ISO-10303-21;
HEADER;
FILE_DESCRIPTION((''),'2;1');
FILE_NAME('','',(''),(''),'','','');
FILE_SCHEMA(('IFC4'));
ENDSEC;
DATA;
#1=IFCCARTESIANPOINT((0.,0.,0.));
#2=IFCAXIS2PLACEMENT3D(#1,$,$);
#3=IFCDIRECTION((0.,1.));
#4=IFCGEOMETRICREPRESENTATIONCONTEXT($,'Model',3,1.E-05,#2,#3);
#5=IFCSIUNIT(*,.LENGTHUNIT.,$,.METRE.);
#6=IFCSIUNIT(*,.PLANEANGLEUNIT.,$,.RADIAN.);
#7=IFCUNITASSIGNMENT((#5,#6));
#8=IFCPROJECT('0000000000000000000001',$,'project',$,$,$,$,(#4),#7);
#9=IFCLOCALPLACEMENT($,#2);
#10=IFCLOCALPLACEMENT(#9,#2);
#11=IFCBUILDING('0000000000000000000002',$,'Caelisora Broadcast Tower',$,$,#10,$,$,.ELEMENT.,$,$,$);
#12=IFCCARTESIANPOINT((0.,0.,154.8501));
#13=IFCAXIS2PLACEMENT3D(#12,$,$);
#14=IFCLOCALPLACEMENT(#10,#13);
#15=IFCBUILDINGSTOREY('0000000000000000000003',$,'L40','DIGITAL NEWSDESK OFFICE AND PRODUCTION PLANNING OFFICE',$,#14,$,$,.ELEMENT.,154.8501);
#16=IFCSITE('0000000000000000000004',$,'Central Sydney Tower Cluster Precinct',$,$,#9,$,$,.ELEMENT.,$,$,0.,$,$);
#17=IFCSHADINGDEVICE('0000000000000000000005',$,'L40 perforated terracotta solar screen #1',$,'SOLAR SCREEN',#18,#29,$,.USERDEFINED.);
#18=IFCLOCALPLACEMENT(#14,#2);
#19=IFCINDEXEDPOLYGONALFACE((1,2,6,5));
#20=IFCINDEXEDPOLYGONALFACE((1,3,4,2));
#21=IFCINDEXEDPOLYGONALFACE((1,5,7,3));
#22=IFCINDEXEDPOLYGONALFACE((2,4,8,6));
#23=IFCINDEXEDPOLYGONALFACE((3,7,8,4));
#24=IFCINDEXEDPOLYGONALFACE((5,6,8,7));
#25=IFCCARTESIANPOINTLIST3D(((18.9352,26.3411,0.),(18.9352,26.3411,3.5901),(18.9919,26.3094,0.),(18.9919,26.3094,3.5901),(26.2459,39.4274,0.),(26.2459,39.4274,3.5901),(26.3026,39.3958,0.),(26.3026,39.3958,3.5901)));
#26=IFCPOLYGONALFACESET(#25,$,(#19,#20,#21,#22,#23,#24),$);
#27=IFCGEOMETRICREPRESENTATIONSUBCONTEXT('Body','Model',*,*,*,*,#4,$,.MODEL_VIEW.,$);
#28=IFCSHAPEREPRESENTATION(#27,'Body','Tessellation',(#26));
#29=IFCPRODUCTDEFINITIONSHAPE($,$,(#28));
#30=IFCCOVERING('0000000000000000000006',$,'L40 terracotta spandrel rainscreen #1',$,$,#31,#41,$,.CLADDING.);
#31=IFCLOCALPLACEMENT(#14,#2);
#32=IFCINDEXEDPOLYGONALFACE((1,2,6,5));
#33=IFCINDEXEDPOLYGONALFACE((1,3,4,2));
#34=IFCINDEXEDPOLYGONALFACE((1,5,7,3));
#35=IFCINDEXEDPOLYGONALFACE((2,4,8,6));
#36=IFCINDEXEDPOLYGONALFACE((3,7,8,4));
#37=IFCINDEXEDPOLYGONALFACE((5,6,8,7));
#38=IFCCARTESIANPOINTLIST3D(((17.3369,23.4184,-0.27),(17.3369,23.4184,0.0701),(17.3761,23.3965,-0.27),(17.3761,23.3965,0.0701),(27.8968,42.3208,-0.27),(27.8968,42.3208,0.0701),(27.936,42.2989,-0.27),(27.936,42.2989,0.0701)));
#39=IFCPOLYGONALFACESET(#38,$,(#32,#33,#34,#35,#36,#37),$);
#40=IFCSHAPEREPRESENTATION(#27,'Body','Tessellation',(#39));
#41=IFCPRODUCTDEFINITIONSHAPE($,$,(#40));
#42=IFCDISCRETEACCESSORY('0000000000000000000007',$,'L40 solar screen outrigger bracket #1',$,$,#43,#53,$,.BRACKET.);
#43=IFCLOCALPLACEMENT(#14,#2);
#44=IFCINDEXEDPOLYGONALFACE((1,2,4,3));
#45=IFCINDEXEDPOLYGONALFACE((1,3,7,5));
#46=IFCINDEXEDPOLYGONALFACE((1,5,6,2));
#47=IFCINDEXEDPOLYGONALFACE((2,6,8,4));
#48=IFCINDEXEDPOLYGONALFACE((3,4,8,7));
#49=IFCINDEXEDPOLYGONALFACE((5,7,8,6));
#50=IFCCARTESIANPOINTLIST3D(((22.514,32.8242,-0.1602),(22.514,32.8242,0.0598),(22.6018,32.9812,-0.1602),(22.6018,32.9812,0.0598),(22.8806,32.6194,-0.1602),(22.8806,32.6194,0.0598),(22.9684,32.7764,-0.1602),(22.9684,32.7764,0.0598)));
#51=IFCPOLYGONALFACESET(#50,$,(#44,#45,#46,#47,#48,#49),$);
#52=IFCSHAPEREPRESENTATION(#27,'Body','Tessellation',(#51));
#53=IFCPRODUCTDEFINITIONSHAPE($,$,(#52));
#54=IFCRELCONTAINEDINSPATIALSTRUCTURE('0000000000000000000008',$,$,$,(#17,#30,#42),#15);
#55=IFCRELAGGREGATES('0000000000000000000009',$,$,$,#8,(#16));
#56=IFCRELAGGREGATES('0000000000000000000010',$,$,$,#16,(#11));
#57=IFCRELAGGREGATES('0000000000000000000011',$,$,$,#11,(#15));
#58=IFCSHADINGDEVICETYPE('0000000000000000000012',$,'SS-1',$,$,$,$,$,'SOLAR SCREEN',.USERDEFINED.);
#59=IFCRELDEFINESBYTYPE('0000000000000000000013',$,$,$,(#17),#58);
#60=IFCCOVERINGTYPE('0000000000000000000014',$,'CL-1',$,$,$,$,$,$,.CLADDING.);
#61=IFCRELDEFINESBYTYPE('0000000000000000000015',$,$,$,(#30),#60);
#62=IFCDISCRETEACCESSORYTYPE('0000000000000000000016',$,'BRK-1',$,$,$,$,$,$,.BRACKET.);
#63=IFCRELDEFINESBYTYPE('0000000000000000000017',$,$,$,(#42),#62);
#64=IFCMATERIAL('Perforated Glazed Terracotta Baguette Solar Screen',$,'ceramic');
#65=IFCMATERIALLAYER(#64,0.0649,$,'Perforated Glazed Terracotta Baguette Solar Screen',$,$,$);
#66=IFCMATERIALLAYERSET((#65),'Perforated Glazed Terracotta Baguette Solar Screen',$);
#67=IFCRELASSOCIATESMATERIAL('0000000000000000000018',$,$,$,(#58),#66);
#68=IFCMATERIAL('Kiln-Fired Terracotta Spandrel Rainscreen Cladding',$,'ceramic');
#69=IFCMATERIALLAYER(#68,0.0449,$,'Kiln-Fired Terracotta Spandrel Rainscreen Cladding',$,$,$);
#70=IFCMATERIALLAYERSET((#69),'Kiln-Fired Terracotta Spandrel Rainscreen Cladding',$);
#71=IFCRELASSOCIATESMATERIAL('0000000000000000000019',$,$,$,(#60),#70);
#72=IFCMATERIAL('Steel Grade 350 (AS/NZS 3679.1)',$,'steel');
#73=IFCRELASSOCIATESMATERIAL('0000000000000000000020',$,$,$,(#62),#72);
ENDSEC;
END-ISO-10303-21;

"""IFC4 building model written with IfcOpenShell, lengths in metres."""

from ifc_helpers import new_model, si_unit, direction, frame, origin, origin_2d, place, context, subcontext, project, spatial, rectangle, extrude, source, transform, mapped, material, layer, layer_set, type_object, type_shapes, element, save


model = new_model("IFC4")

# Units and contexts
model_context = context("Model", 3, precision=1e-05, world=origin(), true_north=direction((0.0, 1.0)))
body_context = subcontext(model_context, "Body", "Model", "MODEL_VIEW")
ifc_project = project(units=[si_unit("LENGTHUNIT", "METRE"), si_unit("PLANEANGLEUNIT", "RADIAN")], contexts=[model_context])

# Site, building, storey
site_placement = place(None, origin())
site = spatial("IfcSite", under=ifc_project, at=site_placement, Name="Central Sydney Tower Cluster Precinct", CompositionType="ELEMENT", RefElevation=0.0)
building_placement = place(site_placement, origin())
building = spatial("IfcBuilding", under=site, at=building_placement, Name="Caelisora Broadcast Tower", CompositionType="ELEMENT")
storey_placement = place(building_placement, frame((0.0, 0.0, 154.8501)))
storey = spatial("IfcBuildingStorey", under=building, at=storey_placement, Name="L40", Description="DIGITAL NEWSDESK OFFICE AND PRODUCTION PLANNING OFFICE", CompositionType="ELEMENT", Elevation=154.8501)

# Shared definitions
ifc_material_1 = material(Name="Steel Grade 350 (AS/NZS 3679.1)", Category="steel")

# Shading device
ifc_material_2 = material(Name="Perforated Glazed Terracotta Baguette Solar Screen", Category="ceramic")
ifc_layer_1 = layer(ifc_material_2, 0.0649, Name="Perforated Glazed Terracotta Baguette Solar Screen")
ifc_layer_set_1 = layer_set([ifc_layer_1], Name="Perforated Glazed Terracotta Baguette Solar Screen")
shading_device_type = type_object("IfcShadingDeviceType", Name="SS-1", ElementType="SOLAR SCREEN", PredefinedType="USERDEFINED", material=ifc_layer_set_1)
shared_shape_1 = source(origin(), body_context, "Body", "SweptSolid", [
    extrude(rectangle(XDim=14.99, YDim=0.0649, at=origin_2d()), origin(), (0.0, 0.0, 1.0), 3.5901),
])
type_shapes(shading_device_type, [shared_shape_1])
shading_device_placement = place(storey_placement, frame((22.6189, 32.8684, 0.0), z_axis=(0.0, 0.0, 1.0), x_axis=(-0.487707, -0.873007, 0.0)))
element("IfcShadingDevice", 1, at=shading_device_placement, inside=storey, type_object=shading_device_type, Name="L40 perforated terracotta solar screen #1", ObjectType="SOLAR SCREEN", PredefinedType="USERDEFINED", context=body_context, shape_type="MappedRepresentation", body=[
    mapped(shared_shape_1, transform((0.0, 0.0, 0.0), scale=1.0)),
])

# Covering
ifc_material_3 = material(Name="Kiln-Fired Terracotta Spandrel Rainscreen Cladding", Category="ceramic")
ifc_layer_2 = layer(ifc_material_3, 0.0449, Name="Kiln-Fired Terracotta Spandrel Rainscreen Cladding")
ifc_layer_set_2 = layer_set([ifc_layer_2], Name="Kiln-Fired Terracotta Spandrel Rainscreen Cladding")
covering_type = type_object("IfcCoveringType", Name="CL-1", PredefinedType="CLADDING", material=ifc_layer_set_2)
shared_shape_2 = source(origin(), body_context, "Body", "SweptSolid", [
    extrude(rectangle(XDim=21.6521, YDim=0.0449, at=origin_2d()), origin(), (0.0, 0.0, 1.0), 0.3401),
])
type_shapes(covering_type, [shared_shape_2])
covering_placement = place(storey_placement, frame((22.6365, 32.8586, -0.27), z_axis=(0.0, 0.0, 1.0), x_axis=(-0.487707, -0.873007, 0.0)))
element("IfcCovering", 2, at=covering_placement, inside=storey, type_object=covering_type, Name="L40 terracotta spandrel rainscreen #1", PredefinedType="CLADDING", context=body_context, shape_type="MappedRepresentation", body=[
    mapped(shared_shape_2, transform((0.0, 0.0, 0.0), scale=1.0)),
])

# Discrete accessory
discrete_accessory_type = type_object("IfcDiscreteAccessoryType", Name="BRK-1", PredefinedType="BRACKET", material=ifc_material_1)
shared_shape_3 = source(origin(), body_context, "Body", "SweptSolid", [
    extrude(rectangle(XDim=0.1799, YDim=0.4199, at=origin_2d()), origin(), (0.0, 0.0, 1.0), 0.22),
])
type_shapes(discrete_accessory_type, [shared_shape_3])
discrete_accessory_placement = place(storey_placement, frame((22.7412, 32.8003, -0.1602), z_axis=(0.0, 0.0, 1.0), x_axis=(-0.487707, -0.873007, 0.0)))
element("IfcDiscreteAccessory", 3, at=discrete_accessory_placement, inside=storey, type_object=discrete_accessory_type, Name="L40 solar screen outrigger bracket #1", PredefinedType="BRACKET", context=body_context, shape_type="MappedRepresentation", body=[
    mapped(shared_shape_3, transform((0.0, 0.0, 0.0), scale=1.0)),
])

save(model, "model.ifc")
